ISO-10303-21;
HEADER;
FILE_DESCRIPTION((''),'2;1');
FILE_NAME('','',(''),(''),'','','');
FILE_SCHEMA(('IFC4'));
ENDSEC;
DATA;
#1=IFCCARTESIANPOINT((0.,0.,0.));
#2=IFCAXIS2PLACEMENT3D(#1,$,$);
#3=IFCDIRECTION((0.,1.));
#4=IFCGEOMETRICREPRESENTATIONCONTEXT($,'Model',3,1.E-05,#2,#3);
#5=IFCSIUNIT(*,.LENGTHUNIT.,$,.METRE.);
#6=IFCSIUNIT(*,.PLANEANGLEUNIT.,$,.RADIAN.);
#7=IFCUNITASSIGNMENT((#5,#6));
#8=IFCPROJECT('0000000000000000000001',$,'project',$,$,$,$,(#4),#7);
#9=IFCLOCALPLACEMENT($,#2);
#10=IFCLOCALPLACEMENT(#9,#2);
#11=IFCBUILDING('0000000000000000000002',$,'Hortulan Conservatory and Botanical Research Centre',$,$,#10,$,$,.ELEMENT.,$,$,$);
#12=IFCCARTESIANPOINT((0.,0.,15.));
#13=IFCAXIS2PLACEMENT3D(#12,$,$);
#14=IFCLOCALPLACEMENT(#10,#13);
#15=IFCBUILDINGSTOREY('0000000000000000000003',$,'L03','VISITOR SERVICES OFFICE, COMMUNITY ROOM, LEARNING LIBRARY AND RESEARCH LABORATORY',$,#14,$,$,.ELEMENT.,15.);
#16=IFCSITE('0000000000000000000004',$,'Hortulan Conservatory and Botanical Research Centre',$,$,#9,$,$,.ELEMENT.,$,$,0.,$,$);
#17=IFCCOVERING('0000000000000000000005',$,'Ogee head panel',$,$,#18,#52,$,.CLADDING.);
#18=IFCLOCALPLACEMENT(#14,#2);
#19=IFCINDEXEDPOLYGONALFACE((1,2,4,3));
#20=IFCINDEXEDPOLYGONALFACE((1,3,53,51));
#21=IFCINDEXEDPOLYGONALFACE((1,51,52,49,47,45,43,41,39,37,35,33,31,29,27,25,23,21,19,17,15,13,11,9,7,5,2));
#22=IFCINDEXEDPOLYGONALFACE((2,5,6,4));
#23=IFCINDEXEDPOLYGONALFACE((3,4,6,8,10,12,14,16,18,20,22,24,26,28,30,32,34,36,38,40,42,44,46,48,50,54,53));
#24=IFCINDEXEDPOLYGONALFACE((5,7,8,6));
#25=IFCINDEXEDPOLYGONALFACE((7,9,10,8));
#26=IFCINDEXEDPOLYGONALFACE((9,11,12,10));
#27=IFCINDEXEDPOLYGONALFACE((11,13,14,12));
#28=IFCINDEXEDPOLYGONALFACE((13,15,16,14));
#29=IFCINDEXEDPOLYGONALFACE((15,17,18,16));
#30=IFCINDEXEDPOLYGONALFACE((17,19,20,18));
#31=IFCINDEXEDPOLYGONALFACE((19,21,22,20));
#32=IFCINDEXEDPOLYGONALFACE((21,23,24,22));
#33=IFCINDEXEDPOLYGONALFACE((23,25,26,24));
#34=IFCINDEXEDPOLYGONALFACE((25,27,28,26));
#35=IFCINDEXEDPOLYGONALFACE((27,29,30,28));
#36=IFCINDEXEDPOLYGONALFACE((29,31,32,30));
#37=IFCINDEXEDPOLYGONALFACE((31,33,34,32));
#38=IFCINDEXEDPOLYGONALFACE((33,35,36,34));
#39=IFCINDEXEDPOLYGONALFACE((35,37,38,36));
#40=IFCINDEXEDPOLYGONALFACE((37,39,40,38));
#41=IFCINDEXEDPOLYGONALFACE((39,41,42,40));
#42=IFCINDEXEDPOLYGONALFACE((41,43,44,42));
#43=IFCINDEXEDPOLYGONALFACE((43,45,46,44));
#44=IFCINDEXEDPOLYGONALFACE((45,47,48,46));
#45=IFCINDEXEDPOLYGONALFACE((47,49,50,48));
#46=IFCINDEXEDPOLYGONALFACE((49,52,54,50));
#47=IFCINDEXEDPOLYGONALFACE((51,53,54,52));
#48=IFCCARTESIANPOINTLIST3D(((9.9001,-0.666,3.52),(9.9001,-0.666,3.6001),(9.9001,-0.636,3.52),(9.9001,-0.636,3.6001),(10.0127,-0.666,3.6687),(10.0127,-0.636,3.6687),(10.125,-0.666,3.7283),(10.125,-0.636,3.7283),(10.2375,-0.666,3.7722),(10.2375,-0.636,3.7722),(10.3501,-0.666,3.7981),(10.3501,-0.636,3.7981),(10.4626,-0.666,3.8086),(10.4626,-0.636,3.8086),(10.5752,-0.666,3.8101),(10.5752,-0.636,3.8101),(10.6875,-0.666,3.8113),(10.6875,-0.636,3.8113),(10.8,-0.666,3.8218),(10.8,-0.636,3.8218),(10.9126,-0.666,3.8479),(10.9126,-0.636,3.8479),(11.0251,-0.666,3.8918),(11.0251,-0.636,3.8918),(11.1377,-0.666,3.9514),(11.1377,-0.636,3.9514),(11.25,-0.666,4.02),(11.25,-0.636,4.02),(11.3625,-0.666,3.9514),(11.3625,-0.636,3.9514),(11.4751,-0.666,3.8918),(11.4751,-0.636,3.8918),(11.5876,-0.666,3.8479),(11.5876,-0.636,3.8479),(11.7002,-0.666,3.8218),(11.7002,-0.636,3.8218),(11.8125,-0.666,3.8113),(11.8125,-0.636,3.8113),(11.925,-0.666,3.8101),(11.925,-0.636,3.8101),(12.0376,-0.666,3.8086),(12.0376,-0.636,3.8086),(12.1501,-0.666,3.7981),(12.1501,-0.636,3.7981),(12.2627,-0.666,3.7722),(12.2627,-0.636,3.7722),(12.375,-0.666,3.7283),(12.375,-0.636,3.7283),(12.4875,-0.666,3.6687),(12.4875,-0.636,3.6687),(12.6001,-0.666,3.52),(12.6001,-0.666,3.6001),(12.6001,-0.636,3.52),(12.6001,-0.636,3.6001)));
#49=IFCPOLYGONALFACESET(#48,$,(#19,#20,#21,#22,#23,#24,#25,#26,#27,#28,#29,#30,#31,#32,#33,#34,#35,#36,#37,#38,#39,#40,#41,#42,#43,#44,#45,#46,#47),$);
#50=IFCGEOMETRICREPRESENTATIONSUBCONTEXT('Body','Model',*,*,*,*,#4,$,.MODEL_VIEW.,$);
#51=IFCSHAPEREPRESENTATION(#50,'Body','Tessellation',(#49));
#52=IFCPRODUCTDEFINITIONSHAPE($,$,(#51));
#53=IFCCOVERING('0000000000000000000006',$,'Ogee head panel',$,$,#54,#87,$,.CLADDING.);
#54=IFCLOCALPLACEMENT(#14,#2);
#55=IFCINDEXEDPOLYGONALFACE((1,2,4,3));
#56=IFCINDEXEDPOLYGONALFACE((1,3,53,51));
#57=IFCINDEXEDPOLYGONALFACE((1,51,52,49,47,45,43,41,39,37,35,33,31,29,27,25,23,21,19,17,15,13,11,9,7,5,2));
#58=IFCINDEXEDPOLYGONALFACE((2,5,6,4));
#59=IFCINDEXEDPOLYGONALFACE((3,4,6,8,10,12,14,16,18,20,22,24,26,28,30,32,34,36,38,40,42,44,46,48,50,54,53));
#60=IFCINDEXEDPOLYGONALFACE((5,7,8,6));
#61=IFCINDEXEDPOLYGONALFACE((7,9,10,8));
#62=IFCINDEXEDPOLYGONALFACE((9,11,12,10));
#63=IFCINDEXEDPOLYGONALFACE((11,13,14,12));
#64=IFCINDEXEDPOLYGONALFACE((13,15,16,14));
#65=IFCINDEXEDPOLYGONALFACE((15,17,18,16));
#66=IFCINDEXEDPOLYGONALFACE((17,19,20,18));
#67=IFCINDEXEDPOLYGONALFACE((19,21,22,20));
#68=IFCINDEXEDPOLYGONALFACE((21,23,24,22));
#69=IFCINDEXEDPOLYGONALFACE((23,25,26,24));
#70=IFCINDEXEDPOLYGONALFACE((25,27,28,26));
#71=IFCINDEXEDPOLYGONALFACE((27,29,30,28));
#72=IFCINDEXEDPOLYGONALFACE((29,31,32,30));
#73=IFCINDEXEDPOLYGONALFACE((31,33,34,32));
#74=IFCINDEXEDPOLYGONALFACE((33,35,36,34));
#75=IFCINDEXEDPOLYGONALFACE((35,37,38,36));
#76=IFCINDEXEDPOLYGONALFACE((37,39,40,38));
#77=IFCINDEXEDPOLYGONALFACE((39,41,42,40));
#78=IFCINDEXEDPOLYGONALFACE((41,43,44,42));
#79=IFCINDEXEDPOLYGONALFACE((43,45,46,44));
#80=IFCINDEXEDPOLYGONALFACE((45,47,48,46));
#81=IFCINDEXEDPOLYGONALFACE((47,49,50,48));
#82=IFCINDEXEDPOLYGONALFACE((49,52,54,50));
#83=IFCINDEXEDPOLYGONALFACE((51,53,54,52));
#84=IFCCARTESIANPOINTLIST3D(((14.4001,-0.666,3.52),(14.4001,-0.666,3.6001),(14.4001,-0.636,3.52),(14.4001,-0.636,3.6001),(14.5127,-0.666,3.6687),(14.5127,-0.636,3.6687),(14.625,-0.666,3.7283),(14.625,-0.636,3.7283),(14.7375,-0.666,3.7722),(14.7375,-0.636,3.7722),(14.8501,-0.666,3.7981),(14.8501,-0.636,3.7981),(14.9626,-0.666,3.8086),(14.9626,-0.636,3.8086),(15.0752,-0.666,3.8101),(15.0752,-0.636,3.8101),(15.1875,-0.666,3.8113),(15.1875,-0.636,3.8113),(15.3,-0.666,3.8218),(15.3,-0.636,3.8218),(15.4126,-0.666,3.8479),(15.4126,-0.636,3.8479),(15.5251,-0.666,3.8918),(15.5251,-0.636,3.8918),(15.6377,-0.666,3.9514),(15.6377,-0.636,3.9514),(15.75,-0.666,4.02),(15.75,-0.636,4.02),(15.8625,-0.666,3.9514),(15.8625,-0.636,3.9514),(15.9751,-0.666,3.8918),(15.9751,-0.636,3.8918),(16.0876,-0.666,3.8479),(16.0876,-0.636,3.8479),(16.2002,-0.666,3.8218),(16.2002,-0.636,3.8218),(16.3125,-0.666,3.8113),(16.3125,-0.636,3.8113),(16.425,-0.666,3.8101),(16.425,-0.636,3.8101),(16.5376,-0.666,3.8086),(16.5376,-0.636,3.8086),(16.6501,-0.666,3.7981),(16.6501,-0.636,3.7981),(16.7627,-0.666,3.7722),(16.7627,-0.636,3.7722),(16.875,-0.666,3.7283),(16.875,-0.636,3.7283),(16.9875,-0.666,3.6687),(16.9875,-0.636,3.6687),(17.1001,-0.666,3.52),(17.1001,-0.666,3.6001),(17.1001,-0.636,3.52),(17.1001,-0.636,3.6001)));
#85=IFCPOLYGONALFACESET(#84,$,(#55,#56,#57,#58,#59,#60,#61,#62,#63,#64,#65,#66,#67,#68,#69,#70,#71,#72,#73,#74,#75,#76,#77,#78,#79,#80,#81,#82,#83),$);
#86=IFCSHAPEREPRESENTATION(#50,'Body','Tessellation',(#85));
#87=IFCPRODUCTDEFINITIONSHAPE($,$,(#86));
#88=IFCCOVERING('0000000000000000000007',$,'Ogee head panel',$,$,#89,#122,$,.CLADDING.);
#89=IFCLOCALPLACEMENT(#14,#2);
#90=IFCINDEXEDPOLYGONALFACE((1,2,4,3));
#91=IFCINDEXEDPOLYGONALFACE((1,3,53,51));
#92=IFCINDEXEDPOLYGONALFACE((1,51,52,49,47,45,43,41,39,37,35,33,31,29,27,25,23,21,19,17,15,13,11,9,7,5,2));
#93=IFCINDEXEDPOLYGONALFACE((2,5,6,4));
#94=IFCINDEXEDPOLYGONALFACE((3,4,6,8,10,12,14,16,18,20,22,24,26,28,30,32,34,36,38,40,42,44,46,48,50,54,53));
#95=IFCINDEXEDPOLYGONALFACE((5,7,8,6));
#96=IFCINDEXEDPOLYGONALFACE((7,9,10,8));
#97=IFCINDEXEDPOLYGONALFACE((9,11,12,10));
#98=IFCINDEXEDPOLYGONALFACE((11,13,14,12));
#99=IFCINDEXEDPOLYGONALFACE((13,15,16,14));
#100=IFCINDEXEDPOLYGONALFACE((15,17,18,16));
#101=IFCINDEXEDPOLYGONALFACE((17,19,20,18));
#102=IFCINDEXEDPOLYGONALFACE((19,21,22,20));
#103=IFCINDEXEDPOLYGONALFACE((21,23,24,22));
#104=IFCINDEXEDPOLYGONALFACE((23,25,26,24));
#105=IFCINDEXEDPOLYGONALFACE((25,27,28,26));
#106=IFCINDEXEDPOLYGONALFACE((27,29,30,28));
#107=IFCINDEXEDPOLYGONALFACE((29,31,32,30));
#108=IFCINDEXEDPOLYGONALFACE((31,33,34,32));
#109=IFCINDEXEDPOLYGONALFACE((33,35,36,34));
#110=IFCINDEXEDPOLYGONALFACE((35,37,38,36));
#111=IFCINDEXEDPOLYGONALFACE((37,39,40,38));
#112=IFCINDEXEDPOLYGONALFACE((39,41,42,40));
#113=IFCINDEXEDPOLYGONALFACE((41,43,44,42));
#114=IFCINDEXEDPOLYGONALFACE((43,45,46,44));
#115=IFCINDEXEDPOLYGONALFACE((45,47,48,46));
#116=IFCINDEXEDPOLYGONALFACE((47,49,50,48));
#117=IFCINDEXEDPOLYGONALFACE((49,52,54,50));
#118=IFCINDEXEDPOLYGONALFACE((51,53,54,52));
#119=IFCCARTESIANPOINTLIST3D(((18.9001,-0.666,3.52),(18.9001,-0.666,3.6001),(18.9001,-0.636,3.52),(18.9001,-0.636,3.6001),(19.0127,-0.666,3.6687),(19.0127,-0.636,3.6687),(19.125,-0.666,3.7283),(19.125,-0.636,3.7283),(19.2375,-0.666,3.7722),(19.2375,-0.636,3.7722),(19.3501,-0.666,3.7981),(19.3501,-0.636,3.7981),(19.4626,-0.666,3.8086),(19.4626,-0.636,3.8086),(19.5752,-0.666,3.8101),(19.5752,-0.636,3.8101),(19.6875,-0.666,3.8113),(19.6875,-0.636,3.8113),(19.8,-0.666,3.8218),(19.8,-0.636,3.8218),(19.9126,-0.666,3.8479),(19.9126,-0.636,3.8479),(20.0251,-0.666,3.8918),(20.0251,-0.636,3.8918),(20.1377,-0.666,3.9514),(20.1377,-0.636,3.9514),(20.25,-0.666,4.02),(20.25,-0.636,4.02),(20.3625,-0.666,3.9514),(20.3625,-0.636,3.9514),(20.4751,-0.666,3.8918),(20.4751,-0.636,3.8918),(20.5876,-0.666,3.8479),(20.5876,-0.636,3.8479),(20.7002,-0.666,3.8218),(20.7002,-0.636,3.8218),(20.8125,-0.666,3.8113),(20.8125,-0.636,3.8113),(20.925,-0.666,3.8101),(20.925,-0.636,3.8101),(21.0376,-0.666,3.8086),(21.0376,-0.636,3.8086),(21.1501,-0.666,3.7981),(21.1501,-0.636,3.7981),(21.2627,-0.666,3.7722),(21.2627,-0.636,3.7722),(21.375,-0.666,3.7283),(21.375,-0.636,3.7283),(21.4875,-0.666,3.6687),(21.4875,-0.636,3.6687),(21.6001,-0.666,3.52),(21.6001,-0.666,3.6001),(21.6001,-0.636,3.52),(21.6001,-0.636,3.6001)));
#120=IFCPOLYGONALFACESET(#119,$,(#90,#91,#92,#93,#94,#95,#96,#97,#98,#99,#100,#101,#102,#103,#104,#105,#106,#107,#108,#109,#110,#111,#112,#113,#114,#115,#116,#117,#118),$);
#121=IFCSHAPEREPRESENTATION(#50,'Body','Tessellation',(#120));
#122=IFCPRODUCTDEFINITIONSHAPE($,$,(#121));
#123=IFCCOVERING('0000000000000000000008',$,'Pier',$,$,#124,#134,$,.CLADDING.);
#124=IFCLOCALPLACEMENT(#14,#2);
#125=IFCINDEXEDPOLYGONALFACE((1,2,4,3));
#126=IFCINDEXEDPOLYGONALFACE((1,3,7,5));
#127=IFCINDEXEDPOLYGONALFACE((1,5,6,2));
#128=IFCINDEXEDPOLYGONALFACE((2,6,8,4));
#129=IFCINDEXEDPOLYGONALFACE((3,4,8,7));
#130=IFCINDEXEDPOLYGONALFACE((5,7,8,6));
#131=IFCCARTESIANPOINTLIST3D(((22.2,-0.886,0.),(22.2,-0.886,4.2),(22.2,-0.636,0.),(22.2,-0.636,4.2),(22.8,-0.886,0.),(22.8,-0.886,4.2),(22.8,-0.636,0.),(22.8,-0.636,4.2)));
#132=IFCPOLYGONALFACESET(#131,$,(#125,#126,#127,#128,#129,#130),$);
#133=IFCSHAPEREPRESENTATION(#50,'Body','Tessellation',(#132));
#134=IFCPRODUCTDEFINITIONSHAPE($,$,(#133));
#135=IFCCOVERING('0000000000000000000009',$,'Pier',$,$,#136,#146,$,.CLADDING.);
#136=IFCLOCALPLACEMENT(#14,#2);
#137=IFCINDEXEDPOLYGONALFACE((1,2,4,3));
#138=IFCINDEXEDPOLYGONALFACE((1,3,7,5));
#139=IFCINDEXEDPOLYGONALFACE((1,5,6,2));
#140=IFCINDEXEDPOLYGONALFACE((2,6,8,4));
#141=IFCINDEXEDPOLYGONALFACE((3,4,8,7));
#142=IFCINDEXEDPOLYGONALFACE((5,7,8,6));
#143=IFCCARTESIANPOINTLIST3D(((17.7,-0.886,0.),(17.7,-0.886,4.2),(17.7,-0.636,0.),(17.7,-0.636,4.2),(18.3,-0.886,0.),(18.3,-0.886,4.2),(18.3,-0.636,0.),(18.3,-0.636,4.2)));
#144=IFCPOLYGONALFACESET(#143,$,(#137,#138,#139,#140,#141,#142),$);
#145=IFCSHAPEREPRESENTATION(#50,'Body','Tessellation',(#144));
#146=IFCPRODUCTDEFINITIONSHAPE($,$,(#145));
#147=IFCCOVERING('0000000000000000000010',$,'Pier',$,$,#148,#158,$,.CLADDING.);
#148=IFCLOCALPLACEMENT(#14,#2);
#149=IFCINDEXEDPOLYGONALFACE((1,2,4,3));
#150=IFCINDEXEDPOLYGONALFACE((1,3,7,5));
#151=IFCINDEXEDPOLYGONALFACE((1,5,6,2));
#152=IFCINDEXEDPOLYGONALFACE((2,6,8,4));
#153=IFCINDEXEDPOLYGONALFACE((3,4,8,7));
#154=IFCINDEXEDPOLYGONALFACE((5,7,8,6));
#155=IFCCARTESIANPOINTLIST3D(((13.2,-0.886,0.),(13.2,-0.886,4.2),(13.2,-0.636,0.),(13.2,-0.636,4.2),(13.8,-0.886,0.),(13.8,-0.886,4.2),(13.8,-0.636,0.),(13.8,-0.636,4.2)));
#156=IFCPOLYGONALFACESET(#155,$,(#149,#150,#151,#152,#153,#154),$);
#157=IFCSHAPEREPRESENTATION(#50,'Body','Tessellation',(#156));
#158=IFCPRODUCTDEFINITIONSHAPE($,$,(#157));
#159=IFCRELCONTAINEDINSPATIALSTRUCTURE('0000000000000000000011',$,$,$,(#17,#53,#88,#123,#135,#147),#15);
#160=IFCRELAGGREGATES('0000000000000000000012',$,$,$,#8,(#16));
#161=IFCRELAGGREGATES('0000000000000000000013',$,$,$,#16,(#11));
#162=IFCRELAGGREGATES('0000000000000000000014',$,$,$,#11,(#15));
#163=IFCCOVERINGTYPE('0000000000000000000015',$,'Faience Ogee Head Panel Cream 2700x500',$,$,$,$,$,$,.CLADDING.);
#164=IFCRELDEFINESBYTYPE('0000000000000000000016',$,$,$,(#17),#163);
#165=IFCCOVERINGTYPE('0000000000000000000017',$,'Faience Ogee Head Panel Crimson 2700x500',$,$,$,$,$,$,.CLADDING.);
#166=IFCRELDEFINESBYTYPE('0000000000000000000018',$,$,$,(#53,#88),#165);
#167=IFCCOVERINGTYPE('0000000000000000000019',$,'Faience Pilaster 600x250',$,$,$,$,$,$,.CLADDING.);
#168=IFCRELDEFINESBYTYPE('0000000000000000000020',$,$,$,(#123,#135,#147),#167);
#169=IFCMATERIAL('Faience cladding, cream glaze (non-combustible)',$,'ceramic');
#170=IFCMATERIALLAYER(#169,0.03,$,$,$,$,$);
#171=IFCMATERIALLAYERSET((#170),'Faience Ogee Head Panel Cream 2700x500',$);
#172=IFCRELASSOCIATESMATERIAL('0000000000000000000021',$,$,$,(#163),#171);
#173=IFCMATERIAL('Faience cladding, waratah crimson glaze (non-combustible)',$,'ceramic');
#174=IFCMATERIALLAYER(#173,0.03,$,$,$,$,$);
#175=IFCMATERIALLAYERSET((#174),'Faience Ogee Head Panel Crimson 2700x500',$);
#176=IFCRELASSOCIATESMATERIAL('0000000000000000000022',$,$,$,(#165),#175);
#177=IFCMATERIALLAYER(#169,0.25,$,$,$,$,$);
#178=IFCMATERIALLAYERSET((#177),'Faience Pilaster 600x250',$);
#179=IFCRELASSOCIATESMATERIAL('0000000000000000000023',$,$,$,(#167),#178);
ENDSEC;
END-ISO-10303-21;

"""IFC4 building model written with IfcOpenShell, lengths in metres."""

from ifc_helpers import new_model, si_unit, direction, frame, origin, origin_2d, place, context, subcontext, project, spatial, polyline, rectangle, outline, extrude, material, layer, layer_set, type_object, element, save


model = new_model("IFC4")

# Units and contexts
model_context = context("Model", 3, precision=1e-05, world=origin(), true_north=direction((0.0, 1.0)))
body_context = subcontext(model_context, "Body", "Model", "MODEL_VIEW")
ifc_project = project(units=[si_unit("LENGTHUNIT", "METRE"), si_unit("PLANEANGLEUNIT", "RADIAN")], contexts=[model_context])

# Site, building, storey
site_placement = place(None, origin())
site = spatial("IfcSite", under=ifc_project, at=site_placement, Name="Hortulan Conservatory and Botanical Research Centre", CompositionType="ELEMENT", RefElevation=0.0)
building_placement = place(site_placement, origin())
building = spatial("IfcBuilding", under=site, at=building_placement, Name="Hortulan Conservatory and Botanical Research Centre", CompositionType="ELEMENT")
storey_placement = place(building_placement, frame((0.0, 0.0, 15.0)))
storey = spatial("IfcBuildingStorey", under=building, at=storey_placement, Name="L03", Description="VISITOR SERVICES OFFICE, COMMUNITY ROOM, LEARNING LIBRARY AND RESEARCH LABORATORY", CompositionType="ELEMENT", Elevation=15.0)

# Coverings
ifc_material_1 = material(Name="Faience cladding, cream glaze (non-combustible)", Category="ceramic")
ifc_layer_1 = layer(ifc_material_1, 0.03)
ifc_layer_set_1 = layer_set([ifc_layer_1], Name="Faience Ogee Head Panel Cream 2700x500")
covering_type_1 = type_object("IfcCoveringType", Name="Faience Ogee Head Panel Cream 2700x500", PredefinedType="CLADDING", material=ifc_layer_set_1)
covering_placement = place(storey_placement, frame((12.6001, -0.6509, 3.52), z_axis=(0.0, 0.0, 1.0), x_axis=(-1.0, 0.0, 0.0)))
element("IfcCovering", 1, at=covering_placement, inside=storey, type_object=covering_type_1, Name="Ogee head panel", PredefinedType="CLADDING", context=body_context, shape_type="SweptSolid", body=[
    extrude(outline(polyline([(0.0, 0.0), (2.7, 0.0), (2.7, 0.0801), (2.5874, 0.1487), (2.4751, 0.2083), (2.3625, 0.2522), (2.25, 0.2781), (2.1375, 0.2886), (2.0249, 0.29), (1.9126, 0.2913), (1.8, 0.3018), (1.6875, 0.3279), (1.575, 0.3718), (1.4624, 0.4314), (1.3501, 0.5), (1.2375, 0.4314), (1.125, 0.3718), (1.0125, 0.3279), (0.8999, 0.3018), (0.7876, 0.2913), (0.675, 0.29), (0.5625, 0.2886), (0.45, 0.2781), (0.3374, 0.2522), (0.2251, 0.2083), (0.1125, 0.1487), (0.0, 0.0801), (0.0, 0.0)])), frame((0.0, 0.0151, 0.0), z_axis=(0.0, -1.0, 0.0), x_axis=(1.0, 0.0, 0.0)), (0.0, 0.0, 1.0), 0.03),
])
ifc_material_2 = material(Name="Faience cladding, waratah crimson glaze (non-combustible)", Category="ceramic")
ifc_layer_2 = layer(ifc_material_2, 0.03)
ifc_layer_set_2 = layer_set([ifc_layer_2], Name="Faience Ogee Head Panel Crimson 2700x500")
covering_type_2 = type_object("IfcCoveringType", Name="Faience Ogee Head Panel Crimson 2700x500", PredefinedType="CLADDING", material=ifc_layer_set_2)
for number, where, z_axis, x_axis, name in (
    (2, (17.1001, -0.6509, 3.52), (0.0, 0.0, 1.0), (-1.0, 0.0, 0.0), "Ogee head panel"),
    (3, (21.6001, -0.6509, 3.52), (0.0, 0.0, 1.0), (-1.0, 0.0, 0.0), "Ogee head panel"),
):
    element("IfcCovering", number, at=place(storey_placement, frame(where, z_axis=z_axis, x_axis=x_axis)), inside=storey, type_object=covering_type_2, Name=name, PredefinedType="CLADDING", context=body_context, shape_type="SweptSolid", body=[
        extrude(outline(polyline([(0.0, 0.0), (2.7, 0.0), (2.7, 0.0801), (2.5874, 0.1487), (2.4751, 0.2083), (2.3625, 0.2522), (2.25, 0.2781), (2.1375, 0.2886), (2.0249, 0.29), (1.9126, 0.2913), (1.8, 0.3018), (1.6875, 0.3279), (1.575, 0.3718), (1.4624, 0.4314), (1.3501, 0.5), (1.2375, 0.4314), (1.125, 0.3718), (1.0125, 0.3279), (0.8999, 0.3018), (0.7876, 0.2913), (0.675, 0.29), (0.5625, 0.2886), (0.45, 0.2781), (0.3374, 0.2522), (0.2251, 0.2083), (0.1125, 0.1487), (0.0, 0.0801), (0.0, 0.0)])), frame((0.0, 0.0151, 0.0), z_axis=(0.0, -1.0, 0.0), x_axis=(1.0, 0.0, 0.0)), (0.0, 0.0, 1.0), 0.03),
    ])
ifc_layer_3 = layer(ifc_material_1, 0.25)
ifc_layer_set_3 = layer_set([ifc_layer_3], Name="Faience Pilaster 600x250")
covering_type_3 = type_object("IfcCoveringType", Name="Faience Pilaster 600x250", PredefinedType="CLADDING", material=ifc_layer_set_3)
for number, where, z_axis, x_axis, name in (
    (4, (22.5, -0.761, 0.0), (0.0, 0.0, 1.0), (-1.0, 0.0, 0.0), "Pier"),
    (5, (18.0, -0.761, 0.0), (0.0, 0.0, 1.0), (-1.0, 0.0, 0.0), "Pier"),
    (6, (13.5, -0.761, 0.0), (0.0, 0.0, 1.0), (-1.0, 0.0, 0.0), "Pier"),
):
    element("IfcCovering", number, at=place(storey_placement, frame(where, z_axis=z_axis, x_axis=x_axis)), inside=storey, type_object=covering_type_3, Name=name, PredefinedType="CLADDING", context=body_context, shape_type="SweptSolid", body=[
        extrude(rectangle(XDim=0.6001, YDim=0.25, at=origin_2d()), origin(), (0.0, 0.0, 1.0), 4.2),
    ])

save(model, "model.ifc")
